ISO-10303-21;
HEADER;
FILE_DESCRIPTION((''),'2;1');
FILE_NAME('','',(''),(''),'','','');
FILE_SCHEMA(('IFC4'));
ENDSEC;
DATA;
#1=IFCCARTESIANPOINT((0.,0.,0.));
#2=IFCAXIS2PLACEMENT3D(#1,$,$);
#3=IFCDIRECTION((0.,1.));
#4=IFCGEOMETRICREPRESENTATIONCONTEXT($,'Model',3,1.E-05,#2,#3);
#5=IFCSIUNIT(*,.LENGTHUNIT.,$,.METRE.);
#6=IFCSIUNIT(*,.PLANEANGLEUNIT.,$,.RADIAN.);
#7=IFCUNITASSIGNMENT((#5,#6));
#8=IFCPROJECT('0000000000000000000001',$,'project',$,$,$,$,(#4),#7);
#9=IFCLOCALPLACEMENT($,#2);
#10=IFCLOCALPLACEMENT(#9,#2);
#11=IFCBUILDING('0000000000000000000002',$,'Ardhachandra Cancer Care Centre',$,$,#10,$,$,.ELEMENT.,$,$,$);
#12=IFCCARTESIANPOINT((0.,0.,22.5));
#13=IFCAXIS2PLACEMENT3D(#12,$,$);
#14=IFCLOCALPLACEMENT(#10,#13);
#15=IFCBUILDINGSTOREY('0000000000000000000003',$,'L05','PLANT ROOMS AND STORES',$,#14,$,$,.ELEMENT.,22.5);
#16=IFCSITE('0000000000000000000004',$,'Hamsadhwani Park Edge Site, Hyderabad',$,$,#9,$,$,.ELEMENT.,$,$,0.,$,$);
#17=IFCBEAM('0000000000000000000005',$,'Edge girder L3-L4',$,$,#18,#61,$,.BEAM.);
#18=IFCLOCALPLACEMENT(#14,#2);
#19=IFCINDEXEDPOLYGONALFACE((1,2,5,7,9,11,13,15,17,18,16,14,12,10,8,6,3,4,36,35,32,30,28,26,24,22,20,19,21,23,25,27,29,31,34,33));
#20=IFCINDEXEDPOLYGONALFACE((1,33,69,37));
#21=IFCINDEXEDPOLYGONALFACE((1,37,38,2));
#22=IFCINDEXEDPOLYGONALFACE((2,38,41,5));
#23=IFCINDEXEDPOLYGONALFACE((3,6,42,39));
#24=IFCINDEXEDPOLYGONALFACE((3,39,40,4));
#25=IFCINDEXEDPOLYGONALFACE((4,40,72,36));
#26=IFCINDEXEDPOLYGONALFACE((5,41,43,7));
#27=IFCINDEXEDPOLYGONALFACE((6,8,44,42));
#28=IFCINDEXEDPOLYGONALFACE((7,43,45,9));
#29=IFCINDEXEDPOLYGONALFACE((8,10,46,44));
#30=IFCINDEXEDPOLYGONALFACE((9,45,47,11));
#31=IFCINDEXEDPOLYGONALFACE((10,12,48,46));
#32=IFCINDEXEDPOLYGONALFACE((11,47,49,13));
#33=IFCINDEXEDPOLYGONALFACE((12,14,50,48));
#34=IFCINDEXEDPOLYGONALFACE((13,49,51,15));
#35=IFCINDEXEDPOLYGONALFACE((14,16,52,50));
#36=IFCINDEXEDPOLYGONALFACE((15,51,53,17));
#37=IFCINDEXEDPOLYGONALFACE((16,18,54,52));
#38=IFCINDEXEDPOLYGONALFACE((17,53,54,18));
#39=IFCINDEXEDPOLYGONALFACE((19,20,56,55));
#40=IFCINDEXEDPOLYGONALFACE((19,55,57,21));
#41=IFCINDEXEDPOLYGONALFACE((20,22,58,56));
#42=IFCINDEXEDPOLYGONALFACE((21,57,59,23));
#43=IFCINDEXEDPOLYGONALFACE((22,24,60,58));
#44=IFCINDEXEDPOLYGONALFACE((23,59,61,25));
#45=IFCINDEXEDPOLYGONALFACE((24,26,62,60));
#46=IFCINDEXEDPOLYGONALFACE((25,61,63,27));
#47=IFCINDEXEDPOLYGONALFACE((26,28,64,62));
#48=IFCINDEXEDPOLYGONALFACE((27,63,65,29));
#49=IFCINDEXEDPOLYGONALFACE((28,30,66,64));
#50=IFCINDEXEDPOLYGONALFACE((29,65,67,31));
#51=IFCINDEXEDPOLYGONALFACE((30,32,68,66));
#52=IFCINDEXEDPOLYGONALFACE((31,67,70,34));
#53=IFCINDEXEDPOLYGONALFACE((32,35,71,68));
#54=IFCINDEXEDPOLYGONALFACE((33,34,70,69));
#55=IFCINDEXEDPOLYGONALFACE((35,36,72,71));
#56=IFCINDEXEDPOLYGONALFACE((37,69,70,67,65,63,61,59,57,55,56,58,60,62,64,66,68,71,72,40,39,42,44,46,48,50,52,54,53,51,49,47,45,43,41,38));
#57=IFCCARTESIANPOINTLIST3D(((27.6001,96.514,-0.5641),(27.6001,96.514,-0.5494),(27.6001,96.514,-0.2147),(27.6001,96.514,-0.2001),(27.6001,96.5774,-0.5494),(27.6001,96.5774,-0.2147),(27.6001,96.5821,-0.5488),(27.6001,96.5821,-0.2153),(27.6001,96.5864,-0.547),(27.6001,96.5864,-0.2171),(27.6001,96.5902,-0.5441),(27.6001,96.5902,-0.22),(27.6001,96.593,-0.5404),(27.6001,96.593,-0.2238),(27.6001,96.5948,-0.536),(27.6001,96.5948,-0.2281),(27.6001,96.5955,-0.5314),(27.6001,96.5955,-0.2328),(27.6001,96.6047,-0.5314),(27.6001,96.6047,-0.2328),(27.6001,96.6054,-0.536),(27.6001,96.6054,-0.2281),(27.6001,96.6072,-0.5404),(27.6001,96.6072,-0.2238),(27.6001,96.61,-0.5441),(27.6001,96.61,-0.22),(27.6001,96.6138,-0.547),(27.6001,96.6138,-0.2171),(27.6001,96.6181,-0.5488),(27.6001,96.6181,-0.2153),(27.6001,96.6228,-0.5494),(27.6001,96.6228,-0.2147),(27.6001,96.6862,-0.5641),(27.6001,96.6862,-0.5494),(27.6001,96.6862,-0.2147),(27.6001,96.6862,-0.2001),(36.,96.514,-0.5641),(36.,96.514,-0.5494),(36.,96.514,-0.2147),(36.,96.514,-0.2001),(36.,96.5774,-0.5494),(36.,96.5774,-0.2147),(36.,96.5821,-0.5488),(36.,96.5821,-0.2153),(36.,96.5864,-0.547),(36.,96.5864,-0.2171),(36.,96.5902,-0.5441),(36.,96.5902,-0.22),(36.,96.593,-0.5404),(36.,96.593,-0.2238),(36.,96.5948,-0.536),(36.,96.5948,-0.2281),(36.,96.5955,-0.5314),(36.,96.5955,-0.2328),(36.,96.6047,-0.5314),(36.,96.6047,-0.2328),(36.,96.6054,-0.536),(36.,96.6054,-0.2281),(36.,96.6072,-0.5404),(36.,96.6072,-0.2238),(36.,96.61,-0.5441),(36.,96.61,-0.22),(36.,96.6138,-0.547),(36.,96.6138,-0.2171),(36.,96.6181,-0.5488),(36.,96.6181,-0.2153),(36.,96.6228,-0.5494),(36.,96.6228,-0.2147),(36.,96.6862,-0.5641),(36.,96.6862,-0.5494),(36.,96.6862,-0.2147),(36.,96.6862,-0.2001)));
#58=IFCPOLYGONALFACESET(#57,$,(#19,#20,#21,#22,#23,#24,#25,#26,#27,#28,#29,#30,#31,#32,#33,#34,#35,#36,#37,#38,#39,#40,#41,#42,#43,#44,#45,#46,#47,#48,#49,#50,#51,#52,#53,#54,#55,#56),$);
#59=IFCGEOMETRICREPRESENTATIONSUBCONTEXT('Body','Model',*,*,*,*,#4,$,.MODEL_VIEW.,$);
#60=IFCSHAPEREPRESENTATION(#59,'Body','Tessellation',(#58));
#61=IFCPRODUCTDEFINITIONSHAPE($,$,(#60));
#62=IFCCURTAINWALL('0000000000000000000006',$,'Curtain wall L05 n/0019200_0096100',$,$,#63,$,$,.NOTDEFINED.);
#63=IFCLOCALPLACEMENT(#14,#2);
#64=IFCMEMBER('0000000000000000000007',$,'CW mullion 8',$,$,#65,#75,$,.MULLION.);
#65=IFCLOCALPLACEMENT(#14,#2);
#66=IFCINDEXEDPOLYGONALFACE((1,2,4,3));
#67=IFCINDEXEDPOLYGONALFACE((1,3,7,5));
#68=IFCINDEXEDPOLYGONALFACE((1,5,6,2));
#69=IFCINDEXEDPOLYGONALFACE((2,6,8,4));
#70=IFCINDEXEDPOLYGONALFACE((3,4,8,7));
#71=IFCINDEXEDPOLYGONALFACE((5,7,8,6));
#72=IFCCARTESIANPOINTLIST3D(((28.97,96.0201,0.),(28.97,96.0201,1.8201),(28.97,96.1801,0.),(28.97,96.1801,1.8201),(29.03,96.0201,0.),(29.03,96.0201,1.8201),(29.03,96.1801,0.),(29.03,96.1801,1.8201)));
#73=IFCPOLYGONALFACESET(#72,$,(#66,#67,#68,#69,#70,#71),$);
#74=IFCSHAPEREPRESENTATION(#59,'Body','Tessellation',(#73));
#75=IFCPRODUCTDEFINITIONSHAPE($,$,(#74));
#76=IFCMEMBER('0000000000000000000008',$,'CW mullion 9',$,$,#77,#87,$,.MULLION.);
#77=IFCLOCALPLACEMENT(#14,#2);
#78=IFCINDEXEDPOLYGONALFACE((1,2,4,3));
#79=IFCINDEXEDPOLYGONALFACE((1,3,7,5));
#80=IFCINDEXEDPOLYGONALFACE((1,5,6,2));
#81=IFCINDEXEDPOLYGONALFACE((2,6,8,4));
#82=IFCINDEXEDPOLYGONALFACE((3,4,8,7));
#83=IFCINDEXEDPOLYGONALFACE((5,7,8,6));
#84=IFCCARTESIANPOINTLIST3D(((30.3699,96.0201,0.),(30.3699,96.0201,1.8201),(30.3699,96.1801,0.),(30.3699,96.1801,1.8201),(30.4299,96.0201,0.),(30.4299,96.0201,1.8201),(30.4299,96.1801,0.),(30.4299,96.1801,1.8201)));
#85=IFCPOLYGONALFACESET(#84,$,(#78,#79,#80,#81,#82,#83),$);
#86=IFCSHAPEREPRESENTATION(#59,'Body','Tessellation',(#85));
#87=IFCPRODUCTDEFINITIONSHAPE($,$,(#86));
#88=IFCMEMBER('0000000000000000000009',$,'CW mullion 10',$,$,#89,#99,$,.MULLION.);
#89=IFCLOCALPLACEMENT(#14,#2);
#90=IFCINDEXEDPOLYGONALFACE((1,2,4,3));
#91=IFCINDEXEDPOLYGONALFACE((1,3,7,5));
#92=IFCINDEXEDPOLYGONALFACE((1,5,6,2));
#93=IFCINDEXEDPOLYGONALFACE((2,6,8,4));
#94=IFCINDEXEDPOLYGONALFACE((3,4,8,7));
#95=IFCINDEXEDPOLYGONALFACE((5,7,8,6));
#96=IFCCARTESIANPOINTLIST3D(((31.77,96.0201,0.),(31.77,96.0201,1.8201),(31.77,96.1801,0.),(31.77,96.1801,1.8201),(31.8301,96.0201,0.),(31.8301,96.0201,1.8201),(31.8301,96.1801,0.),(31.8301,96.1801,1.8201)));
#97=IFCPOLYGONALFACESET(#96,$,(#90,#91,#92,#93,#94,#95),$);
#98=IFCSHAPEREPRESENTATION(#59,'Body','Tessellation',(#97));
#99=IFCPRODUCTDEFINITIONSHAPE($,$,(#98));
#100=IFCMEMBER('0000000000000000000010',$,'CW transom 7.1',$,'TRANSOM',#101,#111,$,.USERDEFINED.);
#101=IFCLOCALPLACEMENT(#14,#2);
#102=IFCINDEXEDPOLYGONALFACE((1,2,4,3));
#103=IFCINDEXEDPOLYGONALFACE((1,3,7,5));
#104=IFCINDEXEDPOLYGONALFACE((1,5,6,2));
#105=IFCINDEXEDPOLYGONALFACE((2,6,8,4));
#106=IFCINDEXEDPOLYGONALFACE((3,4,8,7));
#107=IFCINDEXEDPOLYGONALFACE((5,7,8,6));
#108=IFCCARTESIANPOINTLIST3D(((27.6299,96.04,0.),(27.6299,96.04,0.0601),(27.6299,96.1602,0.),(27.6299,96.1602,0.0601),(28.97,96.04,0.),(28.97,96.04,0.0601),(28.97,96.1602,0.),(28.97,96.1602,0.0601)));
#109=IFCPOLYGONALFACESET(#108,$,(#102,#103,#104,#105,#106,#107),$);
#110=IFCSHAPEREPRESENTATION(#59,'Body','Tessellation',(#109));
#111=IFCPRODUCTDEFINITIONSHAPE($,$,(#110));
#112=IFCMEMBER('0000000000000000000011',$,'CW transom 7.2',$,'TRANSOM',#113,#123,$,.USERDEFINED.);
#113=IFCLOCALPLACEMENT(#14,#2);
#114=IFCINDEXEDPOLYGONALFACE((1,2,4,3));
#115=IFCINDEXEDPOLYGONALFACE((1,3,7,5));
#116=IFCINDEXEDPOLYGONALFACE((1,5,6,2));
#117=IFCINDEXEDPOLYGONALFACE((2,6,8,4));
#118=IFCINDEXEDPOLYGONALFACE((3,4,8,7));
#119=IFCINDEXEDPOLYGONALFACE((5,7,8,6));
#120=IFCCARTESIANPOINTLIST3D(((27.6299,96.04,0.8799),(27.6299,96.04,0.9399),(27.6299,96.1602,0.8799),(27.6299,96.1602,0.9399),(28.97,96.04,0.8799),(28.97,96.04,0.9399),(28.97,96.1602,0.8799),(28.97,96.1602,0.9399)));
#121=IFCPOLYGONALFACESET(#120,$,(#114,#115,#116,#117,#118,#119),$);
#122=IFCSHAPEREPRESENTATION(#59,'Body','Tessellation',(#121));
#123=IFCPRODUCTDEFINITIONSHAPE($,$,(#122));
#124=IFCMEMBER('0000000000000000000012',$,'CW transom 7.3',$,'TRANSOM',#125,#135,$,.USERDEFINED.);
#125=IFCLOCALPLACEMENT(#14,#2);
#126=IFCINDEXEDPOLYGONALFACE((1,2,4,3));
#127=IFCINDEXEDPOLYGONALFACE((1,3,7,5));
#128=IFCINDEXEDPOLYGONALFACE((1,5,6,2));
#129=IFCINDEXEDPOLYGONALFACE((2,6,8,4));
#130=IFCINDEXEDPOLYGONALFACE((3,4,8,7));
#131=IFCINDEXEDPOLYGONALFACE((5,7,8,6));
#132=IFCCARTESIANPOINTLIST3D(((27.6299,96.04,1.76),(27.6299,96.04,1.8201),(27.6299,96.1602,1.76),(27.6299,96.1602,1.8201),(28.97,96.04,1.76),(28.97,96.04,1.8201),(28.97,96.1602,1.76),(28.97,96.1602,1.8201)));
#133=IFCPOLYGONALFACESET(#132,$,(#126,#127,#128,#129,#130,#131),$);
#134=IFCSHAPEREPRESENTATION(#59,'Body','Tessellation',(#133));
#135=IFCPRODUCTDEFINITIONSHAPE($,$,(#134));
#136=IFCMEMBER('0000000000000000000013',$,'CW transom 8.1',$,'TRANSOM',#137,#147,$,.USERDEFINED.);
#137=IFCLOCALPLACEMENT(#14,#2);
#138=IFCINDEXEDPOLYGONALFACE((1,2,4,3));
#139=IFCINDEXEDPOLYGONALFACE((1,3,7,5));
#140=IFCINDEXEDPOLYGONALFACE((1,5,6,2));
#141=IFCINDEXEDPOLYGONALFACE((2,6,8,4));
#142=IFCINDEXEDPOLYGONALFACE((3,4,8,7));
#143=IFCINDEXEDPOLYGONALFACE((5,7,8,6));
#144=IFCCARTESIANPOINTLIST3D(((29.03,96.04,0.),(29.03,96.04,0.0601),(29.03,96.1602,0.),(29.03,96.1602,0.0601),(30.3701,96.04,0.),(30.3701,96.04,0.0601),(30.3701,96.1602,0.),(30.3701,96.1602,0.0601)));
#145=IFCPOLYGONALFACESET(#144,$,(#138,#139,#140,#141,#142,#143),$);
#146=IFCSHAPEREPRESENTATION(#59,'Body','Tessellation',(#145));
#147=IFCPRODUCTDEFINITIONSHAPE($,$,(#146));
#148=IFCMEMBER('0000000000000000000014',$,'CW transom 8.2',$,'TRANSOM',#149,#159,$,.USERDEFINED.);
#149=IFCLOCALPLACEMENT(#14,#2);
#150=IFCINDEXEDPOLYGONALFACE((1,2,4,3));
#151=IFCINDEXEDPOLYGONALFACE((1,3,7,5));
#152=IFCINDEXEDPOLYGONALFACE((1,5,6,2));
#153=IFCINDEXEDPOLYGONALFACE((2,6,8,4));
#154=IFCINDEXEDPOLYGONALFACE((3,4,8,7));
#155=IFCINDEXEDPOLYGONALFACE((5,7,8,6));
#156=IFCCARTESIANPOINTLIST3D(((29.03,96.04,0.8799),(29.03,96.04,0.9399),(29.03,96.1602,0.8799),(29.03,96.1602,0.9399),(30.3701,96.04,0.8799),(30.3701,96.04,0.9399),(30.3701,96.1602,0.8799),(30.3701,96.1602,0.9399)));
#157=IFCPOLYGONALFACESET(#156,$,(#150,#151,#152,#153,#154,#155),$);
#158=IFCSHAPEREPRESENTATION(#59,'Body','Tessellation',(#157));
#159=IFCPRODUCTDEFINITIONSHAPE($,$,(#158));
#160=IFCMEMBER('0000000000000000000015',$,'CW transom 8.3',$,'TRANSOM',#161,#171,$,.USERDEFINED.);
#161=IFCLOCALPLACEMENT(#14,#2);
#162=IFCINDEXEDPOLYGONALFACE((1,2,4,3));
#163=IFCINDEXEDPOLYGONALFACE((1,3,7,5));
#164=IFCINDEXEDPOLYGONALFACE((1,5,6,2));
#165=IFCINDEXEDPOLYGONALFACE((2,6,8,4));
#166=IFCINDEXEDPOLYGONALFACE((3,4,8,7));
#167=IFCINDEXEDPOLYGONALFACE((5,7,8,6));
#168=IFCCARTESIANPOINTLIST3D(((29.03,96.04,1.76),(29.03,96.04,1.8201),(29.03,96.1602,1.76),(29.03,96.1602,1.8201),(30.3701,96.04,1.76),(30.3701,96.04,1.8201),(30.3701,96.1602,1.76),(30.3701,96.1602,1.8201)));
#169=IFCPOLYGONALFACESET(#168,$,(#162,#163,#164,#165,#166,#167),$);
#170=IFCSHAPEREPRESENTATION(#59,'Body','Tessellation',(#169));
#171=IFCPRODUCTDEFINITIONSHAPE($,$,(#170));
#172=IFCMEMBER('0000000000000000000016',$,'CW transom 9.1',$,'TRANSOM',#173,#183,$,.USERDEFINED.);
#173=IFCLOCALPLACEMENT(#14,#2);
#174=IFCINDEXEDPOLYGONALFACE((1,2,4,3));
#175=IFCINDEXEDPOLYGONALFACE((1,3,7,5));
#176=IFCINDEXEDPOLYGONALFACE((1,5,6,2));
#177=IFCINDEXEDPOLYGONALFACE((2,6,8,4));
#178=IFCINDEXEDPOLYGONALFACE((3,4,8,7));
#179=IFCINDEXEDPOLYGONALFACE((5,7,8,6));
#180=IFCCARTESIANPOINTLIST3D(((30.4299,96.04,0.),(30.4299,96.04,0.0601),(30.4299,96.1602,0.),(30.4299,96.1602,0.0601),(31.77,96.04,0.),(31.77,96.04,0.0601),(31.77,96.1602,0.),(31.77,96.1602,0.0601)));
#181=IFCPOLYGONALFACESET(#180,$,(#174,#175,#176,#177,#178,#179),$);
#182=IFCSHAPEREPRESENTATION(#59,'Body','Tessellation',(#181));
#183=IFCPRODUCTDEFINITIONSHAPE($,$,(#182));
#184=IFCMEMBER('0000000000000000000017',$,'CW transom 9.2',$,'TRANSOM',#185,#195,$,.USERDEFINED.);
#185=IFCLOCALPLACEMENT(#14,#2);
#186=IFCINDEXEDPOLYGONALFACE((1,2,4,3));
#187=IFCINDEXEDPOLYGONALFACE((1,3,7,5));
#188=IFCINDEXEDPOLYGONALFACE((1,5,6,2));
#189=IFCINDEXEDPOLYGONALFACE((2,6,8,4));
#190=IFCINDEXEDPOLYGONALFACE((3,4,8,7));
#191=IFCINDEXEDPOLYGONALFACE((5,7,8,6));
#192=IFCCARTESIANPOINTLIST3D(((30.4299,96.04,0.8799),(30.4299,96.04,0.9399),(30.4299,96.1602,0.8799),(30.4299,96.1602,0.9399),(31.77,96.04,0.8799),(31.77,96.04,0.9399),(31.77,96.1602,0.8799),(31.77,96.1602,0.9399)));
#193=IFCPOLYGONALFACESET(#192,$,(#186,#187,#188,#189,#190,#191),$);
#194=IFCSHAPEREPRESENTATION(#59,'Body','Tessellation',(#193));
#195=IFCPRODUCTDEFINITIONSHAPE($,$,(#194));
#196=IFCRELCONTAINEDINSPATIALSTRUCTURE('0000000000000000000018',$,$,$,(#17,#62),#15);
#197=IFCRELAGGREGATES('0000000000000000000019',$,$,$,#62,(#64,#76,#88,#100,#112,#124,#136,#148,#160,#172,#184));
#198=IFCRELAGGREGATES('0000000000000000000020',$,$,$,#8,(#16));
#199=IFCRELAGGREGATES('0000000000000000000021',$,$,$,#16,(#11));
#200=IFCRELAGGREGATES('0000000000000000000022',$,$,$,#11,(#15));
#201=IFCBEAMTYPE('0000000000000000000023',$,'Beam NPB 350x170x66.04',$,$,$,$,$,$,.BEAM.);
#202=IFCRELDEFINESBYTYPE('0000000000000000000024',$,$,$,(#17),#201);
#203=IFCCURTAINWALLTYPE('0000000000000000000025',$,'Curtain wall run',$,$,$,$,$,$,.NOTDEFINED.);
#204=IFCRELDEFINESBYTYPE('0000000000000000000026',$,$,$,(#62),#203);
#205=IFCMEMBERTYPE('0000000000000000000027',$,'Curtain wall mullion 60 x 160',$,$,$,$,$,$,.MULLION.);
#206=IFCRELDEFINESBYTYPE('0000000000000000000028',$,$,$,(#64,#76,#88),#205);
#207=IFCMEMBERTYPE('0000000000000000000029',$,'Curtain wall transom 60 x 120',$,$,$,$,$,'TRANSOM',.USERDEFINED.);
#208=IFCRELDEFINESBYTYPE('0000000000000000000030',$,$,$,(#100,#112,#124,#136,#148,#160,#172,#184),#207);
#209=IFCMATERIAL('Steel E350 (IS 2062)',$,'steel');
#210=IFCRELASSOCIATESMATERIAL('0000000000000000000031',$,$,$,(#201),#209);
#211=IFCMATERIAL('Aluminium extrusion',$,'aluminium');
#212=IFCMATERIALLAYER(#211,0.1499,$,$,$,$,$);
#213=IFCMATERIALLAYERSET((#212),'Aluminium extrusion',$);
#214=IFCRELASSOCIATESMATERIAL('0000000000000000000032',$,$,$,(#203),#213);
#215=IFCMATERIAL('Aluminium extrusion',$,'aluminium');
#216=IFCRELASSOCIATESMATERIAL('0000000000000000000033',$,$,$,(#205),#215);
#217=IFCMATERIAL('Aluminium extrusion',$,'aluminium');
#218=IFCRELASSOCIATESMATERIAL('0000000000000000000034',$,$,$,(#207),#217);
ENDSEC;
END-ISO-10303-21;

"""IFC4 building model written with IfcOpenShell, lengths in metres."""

from ifc_helpers import new_model, si_unit, direction, frame, origin, origin_2d, place, context, subcontext, project, spatial, rectangle, i_section, extrude, material, layer, layer_set, material_profile, profile_set, type_object, element, aggregate, save


model = new_model("IFC4")

# Units and contexts
model_context = context("Model", 3, precision=1e-05, world=origin(), true_north=direction((0.0, 1.0)))
body_context = subcontext(model_context, "Body", "Model", "MODEL_VIEW")
ifc_project = project(units=[si_unit("LENGTHUNIT", "METRE"), si_unit("PLANEANGLEUNIT", "RADIAN")], contexts=[model_context])

# Site, building, storey
site_placement = place(None, origin())
site = spatial("IfcSite", under=ifc_project, at=site_placement, Name="Hamsadhwani Park Edge Site, Hyderabad", CompositionType="ELEMENT", RefElevation=0.0)
building_placement = place(site_placement, origin())
building = spatial("IfcBuilding", under=site, at=building_placement, Name="Ardhachandra Cancer Care Centre", CompositionType="ELEMENT")
storey_placement = place(building_placement, frame((0.0, 0.0, 22.5)))
storey = spatial("IfcBuildingStorey", under=building, at=storey_placement, Name="L05", Description="PLANT ROOMS AND STORES", CompositionType="ELEMENT", Elevation=22.5)

# Beam
ifc_material_1 = material(Name="Steel E350 (IS 2062)", Category="steel")
ifc_material_profile_1 = material_profile(ifc_material_1, i_section(OverallWidth=0.1721, OverallDepth=0.364, WebThickness=0.0093, FlangeThickness=0.0146, FilletRadius=0.0181, at=origin_2d()), Name="NPB 350x170x66.04")
ifc_profile_set_1 = profile_set([ifc_material_profile_1], Name="Steel E350 (IS 2062)")
beam_type = type_object("IfcBeamType", Name="Beam NPB 350x170x66.04", PredefinedType="BEAM", material=ifc_profile_set_1)
beam_placement = place(storey_placement, frame((27.6001, 96.6001, -0.3821), z_axis=(1.0, 0.0, 0.0), x_axis=(0.0, 1.0, 0.0)))
element("IfcBeam", 1, at=beam_placement, inside=storey, type_object=beam_type, Name="Edge girder L3-L4", PredefinedType="BEAM", context=body_context, shape_type="SweptSolid", body=[
    extrude(i_section(OverallWidth=0.1721, OverallDepth=0.364, WebThickness=0.0093, FlangeThickness=0.0146, FilletRadius=0.0181, at=origin_2d()), origin(), (0.0, 0.0, 1.0), 8.3999),
])

# Curtain wall, members
ifc_material_2 = material(Name="Aluminium extrusion", Category="aluminium")
ifc_layer_1 = layer(ifc_material_2, 0.1499)
ifc_layer_set_1 = layer_set([ifc_layer_1], Name="Aluminium extrusion")
curtain_wall_type = type_object("IfcCurtainWallType", Name="Curtain wall run", PredefinedType="NOTDEFINED", material=ifc_layer_set_1)
curtain_wall_placement = place(storey_placement, origin())
curtain_wall = element("IfcCurtainWall", 2, at=curtain_wall_placement, inside=storey, type_object=curtain_wall_type, Name="Curtain wall L05 n/0019200_0096100", PredefinedType="NOTDEFINED")
ifc_material_3 = material(Name="Aluminium extrusion", Category="aluminium")
ifc_material_profile_2 = material_profile(ifc_material_3, rectangle(XDim=0.1599, YDim=0.0601, at=origin_2d()), Name="Curtain wall mullion 60 x 160")
ifc_profile_set_2 = profile_set([ifc_material_profile_2], Name="Aluminium extrusion")
member_type_1 = type_object("IfcMemberType", Name="Curtain wall mullion 60 x 160", PredefinedType="MULLION", material=ifc_profile_set_2)
member_1_placement = place(storey_placement, frame((29.0, 96.1001, 0.0), z_axis=(0.0, 0.0, 1.0), x_axis=(0.0, 1.0, 0.0)))
member_1 = element("IfcMember", 3, at=member_1_placement, type_object=member_type_1, Name="CW mullion 8", PredefinedType="MULLION", context=body_context, shape_type="SweptSolid", body=[
    extrude(rectangle(XDim=0.1599, YDim=0.0601, at=origin_2d()), origin(), (0.0, 0.0, 1.0), 1.8201),
])
member_2_placement = place(storey_placement, frame((30.3999, 96.1001, 0.0), z_axis=(0.0, 0.0, 1.0), x_axis=(0.0, 1.0, 0.0)))
member_2 = element("IfcMember", 4, at=member_2_placement, type_object=member_type_1, Name="CW mullion 9", PredefinedType="MULLION", context=body_context, shape_type="SweptSolid", body=[
    extrude(rectangle(XDim=0.1599, YDim=0.0601, at=origin_2d()), origin(), (0.0, 0.0, 1.0), 1.8201),
])
member_3_placement = place(storey_placement, frame((31.8, 96.1001, 0.0), z_axis=(0.0, 0.0, 1.0), x_axis=(0.0, 1.0, 0.0)))
member_3 = element("IfcMember", 5, at=member_3_placement, type_object=member_type_1, Name="CW mullion 10", PredefinedType="MULLION", context=body_context, shape_type="SweptSolid", body=[
    extrude(rectangle(XDim=0.1599, YDim=0.0601, at=origin_2d()), origin(), (0.0, 0.0, 1.0), 1.8201),
])
ifc_material_4 = material(Name="Aluminium extrusion", Category="aluminium")
ifc_material_profile_3 = material_profile(ifc_material_4, rectangle(XDim=0.1201, YDim=0.0601, at=origin_2d()), Name="Curtain wall transom 60 x 120")
ifc_profile_set_3 = profile_set([ifc_material_profile_3], Name="Aluminium extrusion")
member_type_2 = type_object("IfcMemberType", Name="Curtain wall transom 60 x 120", ElementType="TRANSOM", PredefinedType="USERDEFINED", material=ifc_profile_set_3)
member_4_placement = place(storey_placement, frame((27.6299, 96.1001, 0.03), z_axis=(1.0, 0.0, 0.0), x_axis=(0.0, 1.0, 0.0)))
member_4 = element("IfcMember", 6, at=member_4_placement, type_object=member_type_2, Name="CW transom 7.1", ObjectType="TRANSOM", PredefinedType="USERDEFINED", context=body_context, shape_type="SweptSolid", body=[
    extrude(rectangle(XDim=0.1201, YDim=0.0601, at=origin_2d()), origin(), (0.0, 0.0, 1.0), 1.3401),
])
member_5_placement = place(storey_placement, frame((27.6299, 96.1001, 0.9099), z_axis=(1.0, 0.0, 0.0), x_axis=(0.0, 1.0, 0.0)))
member_5 = element("IfcMember", 7, at=member_5_placement, type_object=member_type_2, Name="CW transom 7.2", ObjectType="TRANSOM", PredefinedType="USERDEFINED", context=body_context, shape_type="SweptSolid", body=[
    extrude(rectangle(XDim=0.1201, YDim=0.0601, at=origin_2d()), origin(), (0.0, 0.0, 1.0), 1.3401),
])
member_6_placement = place(storey_placement, frame((27.6299, 96.1001, 1.79), z_axis=(1.0, 0.0, 0.0), x_axis=(0.0, 1.0, 0.0)))
member_6 = element("IfcMember", 8, at=member_6_placement, type_object=member_type_2, Name="CW transom 7.3", ObjectType="TRANSOM", PredefinedType="USERDEFINED", context=body_context, shape_type="SweptSolid", body=[
    extrude(rectangle(XDim=0.1201, YDim=0.0601, at=origin_2d()), origin(), (0.0, 0.0, 1.0), 1.3401),
])
member_7_placement = place(storey_placement, frame((29.03, 96.1001, 0.03), z_axis=(1.0, 0.0, 0.0), x_axis=(0.0, 1.0, 0.0)))
member_7 = element("IfcMember", 9, at=member_7_placement, type_object=member_type_2, Name="CW transom 8.1", ObjectType="TRANSOM", PredefinedType="USERDEFINED", context=body_context, shape_type="SweptSolid", body=[
    extrude(rectangle(XDim=0.1201, YDim=0.0601, at=origin_2d()), origin(), (0.0, 0.0, 1.0), 1.3401),
])
member_8_placement = place(storey_placement, frame((29.03, 96.1001, 0.9099), z_axis=(1.0, 0.0, 0.0), x_axis=(0.0, 1.0, 0.0)))
member_8 = element("IfcMember", 10, at=member_8_placement, type_object=member_type_2, Name="CW transom 8.2", ObjectType="TRANSOM", PredefinedType="USERDEFINED", context=body_context, shape_type="SweptSolid", body=[
    extrude(rectangle(XDim=0.1201, YDim=0.0601, at=origin_2d()), origin(), (0.0, 0.0, 1.0), 1.3401),
])
member_9_placement = place(storey_placement, frame((29.03, 96.1001, 1.79), z_axis=(1.0, 0.0, 0.0), x_axis=(0.0, 1.0, 0.0)))
member_9 = element("IfcMember", 11, at=member_9_placement, type_object=member_type_2, Name="CW transom 8.3", ObjectType="TRANSOM", PredefinedType="USERDEFINED", context=body_context, shape_type="SweptSolid", body=[
    extrude(rectangle(XDim=0.1201, YDim=0.0601, at=origin_2d()), origin(), (0.0, 0.0, 1.0), 1.3401),
])
member_10_placement = place(storey_placement, frame((30.4299, 96.1001, 0.03), z_axis=(1.0, 0.0, 0.0), x_axis=(0.0, 1.0, 0.0)))
member_10 = element("IfcMember", 12, at=member_10_placement, type_object=member_type_2, Name="CW transom 9.1", ObjectType="TRANSOM", PredefinedType="USERDEFINED", context=body_context, shape_type="SweptSolid", body=[
    extrude(rectangle(XDim=0.1201, YDim=0.0601, at=origin_2d()), origin(), (0.0, 0.0, 1.0), 1.3401),
])
member_11_placement = place(storey_placement, frame((30.4299, 96.1001, 0.9099), z_axis=(1.0, 0.0, 0.0), x_axis=(0.0, 1.0, 0.0)))
member_11 = element("IfcMember", 13, at=member_11_placement, type_object=member_type_2, Name="CW transom 9.2", ObjectType="TRANSOM", PredefinedType="USERDEFINED", context=body_context, shape_type="SweptSolid", body=[
    extrude(rectangle(XDim=0.1201, YDim=0.0601, at=origin_2d()), origin(), (0.0, 0.0, 1.0), 1.3401),
])

aggregate(curtain_wall, [member_1, member_2, member_3, member_4, member_5, member_6, member_7, member_8, member_9, member_10, member_11])

save(model, "model.ifc")
